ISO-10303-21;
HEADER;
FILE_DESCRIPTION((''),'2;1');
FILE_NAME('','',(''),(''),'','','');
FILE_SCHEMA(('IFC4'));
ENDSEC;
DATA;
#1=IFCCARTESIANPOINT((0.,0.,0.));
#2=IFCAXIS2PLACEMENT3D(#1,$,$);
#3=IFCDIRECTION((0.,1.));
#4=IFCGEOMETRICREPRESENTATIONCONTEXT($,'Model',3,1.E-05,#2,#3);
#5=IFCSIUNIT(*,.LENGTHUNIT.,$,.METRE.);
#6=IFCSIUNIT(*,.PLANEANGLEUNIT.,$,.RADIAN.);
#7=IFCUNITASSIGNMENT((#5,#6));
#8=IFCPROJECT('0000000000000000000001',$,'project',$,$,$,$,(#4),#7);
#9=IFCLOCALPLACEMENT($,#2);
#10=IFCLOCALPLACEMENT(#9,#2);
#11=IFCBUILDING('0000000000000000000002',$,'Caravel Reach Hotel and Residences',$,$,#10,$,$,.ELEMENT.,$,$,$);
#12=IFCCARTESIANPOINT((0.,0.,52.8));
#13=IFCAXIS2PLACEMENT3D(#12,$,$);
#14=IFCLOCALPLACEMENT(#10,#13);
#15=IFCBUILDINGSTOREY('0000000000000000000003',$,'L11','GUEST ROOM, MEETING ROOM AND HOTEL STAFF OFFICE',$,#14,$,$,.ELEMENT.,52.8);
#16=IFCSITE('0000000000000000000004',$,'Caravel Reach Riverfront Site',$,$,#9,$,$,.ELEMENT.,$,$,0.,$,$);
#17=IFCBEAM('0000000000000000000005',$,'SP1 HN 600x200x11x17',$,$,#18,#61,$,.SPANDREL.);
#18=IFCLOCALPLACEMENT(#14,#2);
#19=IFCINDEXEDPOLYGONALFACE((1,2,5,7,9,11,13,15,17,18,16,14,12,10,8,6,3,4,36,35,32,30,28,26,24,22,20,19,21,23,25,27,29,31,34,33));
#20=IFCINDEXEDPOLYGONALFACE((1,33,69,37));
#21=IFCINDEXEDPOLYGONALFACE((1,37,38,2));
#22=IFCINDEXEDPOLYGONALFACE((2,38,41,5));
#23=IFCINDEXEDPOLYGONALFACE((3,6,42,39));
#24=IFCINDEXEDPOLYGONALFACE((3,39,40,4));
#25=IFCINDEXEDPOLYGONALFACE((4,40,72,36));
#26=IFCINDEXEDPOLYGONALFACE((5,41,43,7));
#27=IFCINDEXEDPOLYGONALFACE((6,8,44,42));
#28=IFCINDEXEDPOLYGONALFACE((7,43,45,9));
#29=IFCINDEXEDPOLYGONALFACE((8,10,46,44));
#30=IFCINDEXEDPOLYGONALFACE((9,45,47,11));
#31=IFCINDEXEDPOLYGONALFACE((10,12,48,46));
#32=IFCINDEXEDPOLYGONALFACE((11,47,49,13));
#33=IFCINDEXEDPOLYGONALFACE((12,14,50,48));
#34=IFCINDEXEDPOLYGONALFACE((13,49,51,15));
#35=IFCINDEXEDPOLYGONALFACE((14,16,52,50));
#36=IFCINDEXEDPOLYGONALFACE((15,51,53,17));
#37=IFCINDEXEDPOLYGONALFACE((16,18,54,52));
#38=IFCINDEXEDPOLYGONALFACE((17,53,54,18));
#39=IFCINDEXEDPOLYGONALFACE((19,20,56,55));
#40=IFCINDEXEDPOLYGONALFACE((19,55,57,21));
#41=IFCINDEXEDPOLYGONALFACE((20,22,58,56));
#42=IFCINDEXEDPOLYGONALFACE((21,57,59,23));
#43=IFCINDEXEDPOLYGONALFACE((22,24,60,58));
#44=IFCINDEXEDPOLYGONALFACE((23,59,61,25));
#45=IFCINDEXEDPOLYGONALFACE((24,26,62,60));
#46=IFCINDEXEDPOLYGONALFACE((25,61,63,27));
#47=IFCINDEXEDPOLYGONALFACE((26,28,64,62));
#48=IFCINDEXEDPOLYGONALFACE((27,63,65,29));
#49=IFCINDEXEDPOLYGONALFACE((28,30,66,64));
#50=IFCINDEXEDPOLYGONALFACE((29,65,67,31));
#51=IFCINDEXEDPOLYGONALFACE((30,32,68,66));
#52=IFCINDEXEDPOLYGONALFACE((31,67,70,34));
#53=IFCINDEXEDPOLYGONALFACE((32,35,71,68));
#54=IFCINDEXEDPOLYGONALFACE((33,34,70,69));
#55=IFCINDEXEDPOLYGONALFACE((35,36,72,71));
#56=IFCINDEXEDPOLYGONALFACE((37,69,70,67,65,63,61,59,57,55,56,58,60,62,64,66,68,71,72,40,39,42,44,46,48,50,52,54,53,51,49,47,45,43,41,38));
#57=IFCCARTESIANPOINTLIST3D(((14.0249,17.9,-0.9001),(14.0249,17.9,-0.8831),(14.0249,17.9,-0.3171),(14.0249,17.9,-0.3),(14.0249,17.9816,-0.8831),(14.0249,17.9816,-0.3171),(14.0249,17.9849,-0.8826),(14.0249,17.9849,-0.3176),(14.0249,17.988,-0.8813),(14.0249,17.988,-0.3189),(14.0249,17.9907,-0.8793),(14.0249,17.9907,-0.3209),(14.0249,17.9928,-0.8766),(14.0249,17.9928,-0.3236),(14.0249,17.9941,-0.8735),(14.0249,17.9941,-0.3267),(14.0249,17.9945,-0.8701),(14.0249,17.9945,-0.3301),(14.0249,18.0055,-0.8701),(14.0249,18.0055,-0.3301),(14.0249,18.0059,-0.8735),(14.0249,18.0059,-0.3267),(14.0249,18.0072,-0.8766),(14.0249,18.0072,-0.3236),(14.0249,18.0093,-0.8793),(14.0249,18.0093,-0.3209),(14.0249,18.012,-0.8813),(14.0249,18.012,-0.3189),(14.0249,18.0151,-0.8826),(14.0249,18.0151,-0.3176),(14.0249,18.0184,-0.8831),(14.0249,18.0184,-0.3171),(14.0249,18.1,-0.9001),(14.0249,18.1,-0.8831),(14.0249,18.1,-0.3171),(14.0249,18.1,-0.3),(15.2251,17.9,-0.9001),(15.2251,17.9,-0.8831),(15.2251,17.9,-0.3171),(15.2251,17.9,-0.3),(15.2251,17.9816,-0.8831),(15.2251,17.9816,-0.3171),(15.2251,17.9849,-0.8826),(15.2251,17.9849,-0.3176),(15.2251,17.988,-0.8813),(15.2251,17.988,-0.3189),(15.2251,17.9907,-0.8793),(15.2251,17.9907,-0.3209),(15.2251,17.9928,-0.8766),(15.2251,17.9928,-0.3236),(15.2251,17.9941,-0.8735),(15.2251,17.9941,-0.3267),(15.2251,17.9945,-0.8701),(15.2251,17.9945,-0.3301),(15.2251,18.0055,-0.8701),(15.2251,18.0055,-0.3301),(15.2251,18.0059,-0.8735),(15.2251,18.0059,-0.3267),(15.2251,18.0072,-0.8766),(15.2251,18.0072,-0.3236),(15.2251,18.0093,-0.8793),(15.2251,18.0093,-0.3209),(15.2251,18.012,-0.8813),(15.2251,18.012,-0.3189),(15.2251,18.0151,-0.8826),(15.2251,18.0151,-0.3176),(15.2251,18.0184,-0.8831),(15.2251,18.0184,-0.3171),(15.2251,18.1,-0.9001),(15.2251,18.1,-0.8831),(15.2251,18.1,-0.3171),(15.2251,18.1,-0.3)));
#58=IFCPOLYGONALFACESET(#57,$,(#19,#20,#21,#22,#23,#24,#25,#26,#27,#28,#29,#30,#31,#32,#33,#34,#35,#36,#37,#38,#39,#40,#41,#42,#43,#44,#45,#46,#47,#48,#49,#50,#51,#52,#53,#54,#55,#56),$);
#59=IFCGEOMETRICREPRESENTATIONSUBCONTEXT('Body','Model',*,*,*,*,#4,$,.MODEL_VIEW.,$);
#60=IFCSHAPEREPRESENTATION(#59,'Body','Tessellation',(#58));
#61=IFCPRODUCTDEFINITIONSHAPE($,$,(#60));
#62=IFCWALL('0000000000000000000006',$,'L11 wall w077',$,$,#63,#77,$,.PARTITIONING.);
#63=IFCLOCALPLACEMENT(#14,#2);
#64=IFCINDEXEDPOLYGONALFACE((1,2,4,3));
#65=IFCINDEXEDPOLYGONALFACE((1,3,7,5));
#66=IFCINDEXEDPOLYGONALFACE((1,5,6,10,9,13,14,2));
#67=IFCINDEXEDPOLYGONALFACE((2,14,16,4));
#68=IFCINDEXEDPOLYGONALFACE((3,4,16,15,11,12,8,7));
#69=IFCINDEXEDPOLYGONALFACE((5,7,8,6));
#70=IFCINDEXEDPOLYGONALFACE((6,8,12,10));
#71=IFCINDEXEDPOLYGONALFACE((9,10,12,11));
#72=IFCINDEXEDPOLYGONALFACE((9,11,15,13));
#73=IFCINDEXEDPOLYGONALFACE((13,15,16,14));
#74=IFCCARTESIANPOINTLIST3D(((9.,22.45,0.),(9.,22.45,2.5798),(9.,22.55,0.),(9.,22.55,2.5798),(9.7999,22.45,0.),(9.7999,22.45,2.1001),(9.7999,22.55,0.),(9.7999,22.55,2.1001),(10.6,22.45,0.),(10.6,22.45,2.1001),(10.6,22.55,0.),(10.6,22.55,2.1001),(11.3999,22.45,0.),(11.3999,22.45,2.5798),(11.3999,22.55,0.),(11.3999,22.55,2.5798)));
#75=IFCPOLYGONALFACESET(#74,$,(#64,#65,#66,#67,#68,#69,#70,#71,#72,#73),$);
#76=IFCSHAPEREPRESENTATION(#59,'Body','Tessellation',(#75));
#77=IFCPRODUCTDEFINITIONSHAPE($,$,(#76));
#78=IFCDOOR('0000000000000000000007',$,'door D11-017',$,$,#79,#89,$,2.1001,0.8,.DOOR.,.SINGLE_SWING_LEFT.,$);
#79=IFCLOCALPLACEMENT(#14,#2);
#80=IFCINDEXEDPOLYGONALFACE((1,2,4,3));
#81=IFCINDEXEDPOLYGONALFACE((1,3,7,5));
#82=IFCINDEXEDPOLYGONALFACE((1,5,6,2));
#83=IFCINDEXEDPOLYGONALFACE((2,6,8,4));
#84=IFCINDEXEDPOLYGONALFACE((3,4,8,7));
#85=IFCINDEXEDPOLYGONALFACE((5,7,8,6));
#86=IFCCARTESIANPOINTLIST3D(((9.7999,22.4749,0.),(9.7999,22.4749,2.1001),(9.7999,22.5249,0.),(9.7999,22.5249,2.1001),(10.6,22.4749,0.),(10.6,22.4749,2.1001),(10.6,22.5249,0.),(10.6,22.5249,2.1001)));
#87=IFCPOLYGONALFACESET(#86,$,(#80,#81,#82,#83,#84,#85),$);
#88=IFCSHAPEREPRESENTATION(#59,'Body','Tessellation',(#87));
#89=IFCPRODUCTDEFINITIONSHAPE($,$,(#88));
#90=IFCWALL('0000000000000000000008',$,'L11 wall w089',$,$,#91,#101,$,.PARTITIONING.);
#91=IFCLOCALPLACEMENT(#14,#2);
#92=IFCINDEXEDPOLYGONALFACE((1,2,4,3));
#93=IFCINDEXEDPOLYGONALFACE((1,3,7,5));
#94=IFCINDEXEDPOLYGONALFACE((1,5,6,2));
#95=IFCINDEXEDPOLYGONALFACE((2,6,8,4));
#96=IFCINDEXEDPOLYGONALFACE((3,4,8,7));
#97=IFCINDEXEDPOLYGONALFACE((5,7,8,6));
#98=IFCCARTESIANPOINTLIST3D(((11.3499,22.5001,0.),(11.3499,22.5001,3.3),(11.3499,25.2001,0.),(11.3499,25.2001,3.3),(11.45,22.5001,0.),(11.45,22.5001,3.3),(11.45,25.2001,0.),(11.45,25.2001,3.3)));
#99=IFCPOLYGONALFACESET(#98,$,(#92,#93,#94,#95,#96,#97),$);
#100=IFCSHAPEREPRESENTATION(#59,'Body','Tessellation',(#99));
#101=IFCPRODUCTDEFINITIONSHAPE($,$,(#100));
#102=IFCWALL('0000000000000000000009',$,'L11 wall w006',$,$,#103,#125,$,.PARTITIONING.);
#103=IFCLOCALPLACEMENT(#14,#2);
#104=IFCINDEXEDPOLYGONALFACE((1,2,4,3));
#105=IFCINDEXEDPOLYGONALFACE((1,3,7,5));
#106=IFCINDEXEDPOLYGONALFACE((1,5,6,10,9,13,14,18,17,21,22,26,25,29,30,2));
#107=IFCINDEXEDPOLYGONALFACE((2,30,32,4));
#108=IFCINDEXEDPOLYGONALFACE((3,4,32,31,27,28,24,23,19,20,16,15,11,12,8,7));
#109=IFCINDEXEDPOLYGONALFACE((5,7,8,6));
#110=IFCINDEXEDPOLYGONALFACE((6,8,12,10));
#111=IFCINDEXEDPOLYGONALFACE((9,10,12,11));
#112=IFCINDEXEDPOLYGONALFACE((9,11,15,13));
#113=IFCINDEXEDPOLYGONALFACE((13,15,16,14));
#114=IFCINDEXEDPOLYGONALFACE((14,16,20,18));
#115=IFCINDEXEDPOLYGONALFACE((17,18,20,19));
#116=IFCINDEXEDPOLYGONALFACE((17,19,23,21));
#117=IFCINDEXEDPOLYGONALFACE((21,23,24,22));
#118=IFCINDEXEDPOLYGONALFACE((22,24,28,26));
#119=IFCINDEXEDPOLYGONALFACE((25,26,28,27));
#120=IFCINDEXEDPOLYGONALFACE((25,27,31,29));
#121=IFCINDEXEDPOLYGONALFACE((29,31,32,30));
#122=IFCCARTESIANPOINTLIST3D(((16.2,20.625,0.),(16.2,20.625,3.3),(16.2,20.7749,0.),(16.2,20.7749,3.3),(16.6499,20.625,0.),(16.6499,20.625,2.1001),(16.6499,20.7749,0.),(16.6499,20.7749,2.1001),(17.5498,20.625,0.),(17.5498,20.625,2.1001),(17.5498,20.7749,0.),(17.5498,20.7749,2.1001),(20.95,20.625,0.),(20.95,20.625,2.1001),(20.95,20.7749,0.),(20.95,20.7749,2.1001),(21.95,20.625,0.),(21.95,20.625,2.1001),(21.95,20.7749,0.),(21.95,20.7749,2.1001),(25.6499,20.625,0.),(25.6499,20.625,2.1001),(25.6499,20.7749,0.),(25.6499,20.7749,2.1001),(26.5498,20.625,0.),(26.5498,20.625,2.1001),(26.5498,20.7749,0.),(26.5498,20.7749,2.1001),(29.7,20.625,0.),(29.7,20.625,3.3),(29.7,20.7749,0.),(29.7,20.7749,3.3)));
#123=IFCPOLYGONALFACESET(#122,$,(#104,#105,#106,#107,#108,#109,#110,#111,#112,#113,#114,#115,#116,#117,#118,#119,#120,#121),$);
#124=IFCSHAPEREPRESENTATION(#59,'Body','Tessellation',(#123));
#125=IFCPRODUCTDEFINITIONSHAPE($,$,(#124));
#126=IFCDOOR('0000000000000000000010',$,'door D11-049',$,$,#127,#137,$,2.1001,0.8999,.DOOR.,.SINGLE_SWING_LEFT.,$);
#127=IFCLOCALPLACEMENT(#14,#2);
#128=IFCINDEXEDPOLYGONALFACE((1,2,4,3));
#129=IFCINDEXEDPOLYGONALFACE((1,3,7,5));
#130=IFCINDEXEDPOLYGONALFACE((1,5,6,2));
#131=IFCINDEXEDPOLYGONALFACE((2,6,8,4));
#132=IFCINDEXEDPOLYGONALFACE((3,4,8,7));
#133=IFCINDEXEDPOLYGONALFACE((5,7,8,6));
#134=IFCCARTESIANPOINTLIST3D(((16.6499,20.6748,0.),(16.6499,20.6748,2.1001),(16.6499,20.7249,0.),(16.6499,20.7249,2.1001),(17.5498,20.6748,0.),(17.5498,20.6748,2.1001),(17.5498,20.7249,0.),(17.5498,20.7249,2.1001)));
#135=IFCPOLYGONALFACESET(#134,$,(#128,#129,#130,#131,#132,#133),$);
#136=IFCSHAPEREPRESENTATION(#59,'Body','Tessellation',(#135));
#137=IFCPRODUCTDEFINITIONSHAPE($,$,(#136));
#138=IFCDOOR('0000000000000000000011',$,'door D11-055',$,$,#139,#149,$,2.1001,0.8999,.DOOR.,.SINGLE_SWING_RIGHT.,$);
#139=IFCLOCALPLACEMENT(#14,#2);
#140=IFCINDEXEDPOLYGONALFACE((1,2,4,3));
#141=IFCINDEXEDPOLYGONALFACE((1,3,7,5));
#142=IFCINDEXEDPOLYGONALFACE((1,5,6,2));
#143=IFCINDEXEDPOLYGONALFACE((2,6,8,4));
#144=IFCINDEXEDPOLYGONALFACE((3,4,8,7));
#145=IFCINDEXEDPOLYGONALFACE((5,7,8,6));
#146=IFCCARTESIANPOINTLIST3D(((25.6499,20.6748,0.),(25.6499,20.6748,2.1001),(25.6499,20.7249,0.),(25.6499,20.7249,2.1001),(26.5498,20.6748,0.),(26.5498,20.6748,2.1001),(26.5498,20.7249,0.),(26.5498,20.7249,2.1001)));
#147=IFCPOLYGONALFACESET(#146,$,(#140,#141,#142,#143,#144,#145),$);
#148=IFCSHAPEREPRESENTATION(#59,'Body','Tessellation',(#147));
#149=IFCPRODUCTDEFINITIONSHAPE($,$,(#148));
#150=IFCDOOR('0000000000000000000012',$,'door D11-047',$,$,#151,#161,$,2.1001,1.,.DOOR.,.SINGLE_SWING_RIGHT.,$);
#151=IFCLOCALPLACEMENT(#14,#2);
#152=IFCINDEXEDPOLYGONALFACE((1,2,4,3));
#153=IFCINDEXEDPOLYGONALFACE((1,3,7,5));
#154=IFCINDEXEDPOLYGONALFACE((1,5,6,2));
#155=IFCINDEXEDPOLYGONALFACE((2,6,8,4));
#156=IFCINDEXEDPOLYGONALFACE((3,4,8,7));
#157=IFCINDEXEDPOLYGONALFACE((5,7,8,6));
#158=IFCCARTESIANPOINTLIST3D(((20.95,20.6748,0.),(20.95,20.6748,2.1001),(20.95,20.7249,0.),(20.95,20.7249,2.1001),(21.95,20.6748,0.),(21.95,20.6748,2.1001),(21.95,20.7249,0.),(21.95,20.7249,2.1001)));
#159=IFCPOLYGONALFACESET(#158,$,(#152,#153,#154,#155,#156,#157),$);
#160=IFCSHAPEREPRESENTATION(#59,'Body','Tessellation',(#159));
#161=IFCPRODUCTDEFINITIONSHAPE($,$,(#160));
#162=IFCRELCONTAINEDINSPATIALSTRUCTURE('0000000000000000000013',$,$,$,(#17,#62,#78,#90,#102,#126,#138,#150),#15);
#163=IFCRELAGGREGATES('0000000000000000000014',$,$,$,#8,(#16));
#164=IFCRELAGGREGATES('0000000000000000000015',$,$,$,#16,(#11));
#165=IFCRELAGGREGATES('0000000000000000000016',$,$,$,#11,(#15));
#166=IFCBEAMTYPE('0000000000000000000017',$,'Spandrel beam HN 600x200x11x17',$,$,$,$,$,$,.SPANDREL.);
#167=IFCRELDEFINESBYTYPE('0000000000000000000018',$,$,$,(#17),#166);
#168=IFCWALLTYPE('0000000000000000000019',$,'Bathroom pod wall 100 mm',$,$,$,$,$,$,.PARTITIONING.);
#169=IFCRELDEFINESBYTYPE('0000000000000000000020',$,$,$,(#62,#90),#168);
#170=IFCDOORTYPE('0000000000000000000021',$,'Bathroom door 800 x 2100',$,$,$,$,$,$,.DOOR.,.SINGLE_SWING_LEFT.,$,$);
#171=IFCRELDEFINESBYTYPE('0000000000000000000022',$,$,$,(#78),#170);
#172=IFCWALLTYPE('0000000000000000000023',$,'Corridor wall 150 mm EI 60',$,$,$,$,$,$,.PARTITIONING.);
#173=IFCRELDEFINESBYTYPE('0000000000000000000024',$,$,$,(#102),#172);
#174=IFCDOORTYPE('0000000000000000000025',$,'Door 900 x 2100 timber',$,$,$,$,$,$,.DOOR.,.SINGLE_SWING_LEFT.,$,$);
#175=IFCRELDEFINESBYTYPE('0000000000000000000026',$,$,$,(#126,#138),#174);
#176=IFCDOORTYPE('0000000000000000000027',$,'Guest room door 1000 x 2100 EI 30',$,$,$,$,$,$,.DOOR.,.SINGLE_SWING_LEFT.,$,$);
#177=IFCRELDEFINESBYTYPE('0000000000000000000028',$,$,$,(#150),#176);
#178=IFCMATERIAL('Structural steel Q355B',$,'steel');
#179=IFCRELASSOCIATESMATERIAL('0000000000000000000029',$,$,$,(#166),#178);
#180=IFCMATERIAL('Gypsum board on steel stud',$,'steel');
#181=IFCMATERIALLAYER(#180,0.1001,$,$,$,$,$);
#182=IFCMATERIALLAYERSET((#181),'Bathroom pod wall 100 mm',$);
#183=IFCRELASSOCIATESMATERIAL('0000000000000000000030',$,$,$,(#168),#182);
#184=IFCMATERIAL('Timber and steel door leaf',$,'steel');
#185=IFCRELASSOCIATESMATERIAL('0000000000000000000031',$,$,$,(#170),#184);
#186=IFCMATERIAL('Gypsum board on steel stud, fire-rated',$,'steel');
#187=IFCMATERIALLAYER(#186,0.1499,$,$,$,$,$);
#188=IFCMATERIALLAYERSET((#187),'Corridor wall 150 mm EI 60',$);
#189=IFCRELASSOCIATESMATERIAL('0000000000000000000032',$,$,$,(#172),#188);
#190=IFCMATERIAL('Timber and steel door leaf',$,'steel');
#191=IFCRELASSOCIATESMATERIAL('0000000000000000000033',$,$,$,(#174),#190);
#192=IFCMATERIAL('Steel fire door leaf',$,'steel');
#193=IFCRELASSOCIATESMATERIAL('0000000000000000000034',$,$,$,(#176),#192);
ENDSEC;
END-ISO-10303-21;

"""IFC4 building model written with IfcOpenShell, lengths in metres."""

from ifc_helpers import new_model, si_unit, direction, frame, frame_2d, origin, origin_2d, place, context, subcontext, project, spatial, rectangle, i_section, extrude, material, layer, layer_set, material_profile, profile_set, type_object, element, fill, save


model = new_model("IFC4")

# Units and contexts
model_context = context("Model", 3, precision=1e-05, world=origin(), true_north=direction((0.0, 1.0)))
body_context = subcontext(model_context, "Body", "Model", "MODEL_VIEW")
ifc_project = project(units=[si_unit("LENGTHUNIT", "METRE"), si_unit("PLANEANGLEUNIT", "RADIAN")], contexts=[model_context])

# Site, building, storey
site_placement = place(None, origin())
site = spatial("IfcSite", under=ifc_project, at=site_placement, Name="Caravel Reach Riverfront Site", CompositionType="ELEMENT", RefElevation=0.0)
building_placement = place(site_placement, origin())
building = spatial("IfcBuilding", under=site, at=building_placement, Name="Caravel Reach Hotel and Residences", CompositionType="ELEMENT")
storey_placement = place(building_placement, frame((0.0, 0.0, 52.8)))
storey = spatial("IfcBuildingStorey", under=building, at=storey_placement, Name="L11", Description="GUEST ROOM, MEETING ROOM AND HOTEL STAFF OFFICE", CompositionType="ELEMENT", Elevation=52.8)

# Beam
ifc_material_1 = material(Name="Structural steel Q355B", Category="steel")
ifc_material_profile_1 = material_profile(ifc_material_1, i_section(OverallWidth=0.2, OverallDepth=0.6001, WebThickness=0.011, FlangeThickness=0.0171, FilletRadius=0.0129, at=origin_2d()), Name="HN 600x200x11x17")
ifc_profile_set_1 = profile_set([ifc_material_profile_1], Name="Structural steel Q355B")
beam_type_1 = type_object("IfcBeamType", Name="Spandrel beam HN 600x200x11x17", PredefinedType="SPANDREL", material=ifc_profile_set_1)
for number, where, z_axis, x_axis, name in (
    (1, (14.0249, 18.0, -0.6001), (1.0, 0.0, 0.0), (0.0, 1.0, 0.0), "SP1 HN 600x200x11x17"),
):
    element("IfcBeam", number, at=place(storey_placement, frame(where, z_axis=z_axis, x_axis=x_axis)), inside=storey, type_object=beam_type_1, Name=name, PredefinedType="SPANDREL", context=body_context, shape_type="SweptSolid", body=[
        extrude(i_section(OverallWidth=0.2, OverallDepth=0.6001, WebThickness=0.011, FlangeThickness=0.0171, FilletRadius=0.0129, at=origin_2d()), origin(), (0.0, 0.0, 1.0), 1.2002),
    ])

# Wall, opening, door
ifc_material_2 = material(Name="Gypsum board on steel stud", Category="steel")
ifc_layer_1 = layer(ifc_material_2, 0.1001)
ifc_layer_set_1 = layer_set([ifc_layer_1], Name="Bathroom pod wall 100 mm")
wall_type_1 = type_object("IfcWallType", Name="Bathroom pod wall 100 mm", PredefinedType="PARTITIONING", material=ifc_layer_set_1)
wall_1_placement = place(storey_placement, frame((9.0, 22.5, 0.0), z_axis=(0.0, 0.0, 1.0), x_axis=(1.0, 0.0, 0.0)))
wall_1 = element("IfcWall", 2, at=wall_1_placement, inside=storey, type_object=wall_type_1, Name="L11 wall w077", PredefinedType="PARTITIONING", context=body_context, shape_type="SweptSolid", body=[
    extrude(rectangle(XDim=2.3999, YDim=0.1001, at=frame_2d((1.2, 0.0))), origin(), (0.0, 0.0, 1.0), 2.5798),
])
opening_1_placement = place(wall_1_placement, frame((0.8, 0.0, 0.0)))
opening_1 = element("IfcOpeningElement", 3, at=opening_1_placement, cuts=wall_1, PredefinedType="OPENING", context=body_context, shape_type="SweptSolid", body=[
    extrude(rectangle(XDim=0.8, YDim=2.1001, at=frame_2d((0.3999, 1.05))), frame((0.0, 0.0601, 0.0), z_axis=(0.0, -1.0, 0.0), x_axis=(1.0, 0.0, 0.0)), (0.0, 0.0, 1.0), 0.1201),
])
ifc_material_3 = material(Name="Timber and steel door leaf", Category="steel")
door_type_1 = type_object("IfcDoorType", Name="Bathroom door 800 x 2100", OperationType="SINGLE_SWING_LEFT", PredefinedType="DOOR", material=ifc_material_3)
door_1_placement = place(opening_1_placement, origin())
door_1 = element("IfcDoor", 4, at=door_1_placement, inside=storey, type_object=door_type_1, Name="door D11-017", OperationType="SINGLE_SWING_LEFT", OverallHeight=2.1001, OverallWidth=0.8, PredefinedType="DOOR", context=body_context, shape_type="SweptSolid", body=[
    extrude(rectangle(XDim=0.8, YDim=2.1001, at=frame_2d((0.3999, 1.05))), frame((0.0, 0.0249, 0.0), z_axis=(0.0, -1.0, 0.0), x_axis=(1.0, 0.0, 0.0)), (0.0, 0.0, 1.0), 0.05),
])
fill(opening_1, door_1)

# Wall
wall_2_placement = place(storey_placement, frame((11.3999, 22.5, 0.0), z_axis=(0.0, 0.0, 1.0), x_axis=(0.0, 1.0, 0.0)))
element("IfcWall", 5, at=wall_2_placement, inside=storey, type_object=wall_type_1, Name="L11 wall w089", PredefinedType="PARTITIONING", context=body_context, shape_type="SweptSolid", body=[
    extrude(rectangle(XDim=2.7, YDim=0.1001, at=frame_2d((1.3501, 0.0))), origin(), (0.0, 0.0, 1.0), 3.3),
])

# Wall, openings, doors
ifc_material_4 = material(Name="Gypsum board on steel stud, fire-rated", Category="steel")
ifc_layer_2 = layer(ifc_material_4, 0.1499)
ifc_layer_set_2 = layer_set([ifc_layer_2], Name="Corridor wall 150 mm EI 60")
wall_type_2 = type_object("IfcWallType", Name="Corridor wall 150 mm EI 60", PredefinedType="PARTITIONING", material=ifc_layer_set_2)
wall_3_placement = place(storey_placement, frame((16.2, 20.7, 0.0), z_axis=(0.0, 0.0, 1.0), x_axis=(1.0, 0.0, 0.0)))
wall_3 = element("IfcWall", 6, at=wall_3_placement, inside=storey, type_object=wall_type_2, Name="L11 wall w006", PredefinedType="PARTITIONING", context=body_context, shape_type="SweptSolid", body=[
    extrude(rectangle(XDim=13.5, YDim=0.1499, at=frame_2d((6.75, 0.0))), origin(), (0.0, 0.0, 1.0), 3.3),
])
opening_2_placement = place(wall_3_placement, frame((4.75, 0.0, 0.0)))
opening_2 = element("IfcOpeningElement", 7, at=opening_2_placement, cuts=wall_3, PredefinedType="OPENING", context=body_context, shape_type="SweptSolid", body=[
    extrude(rectangle(XDim=1.0, YDim=2.1001, at=frame_2d((0.5, 1.05))), frame((0.0, 0.085, 0.0), z_axis=(0.0, -1.0, 0.0), x_axis=(1.0, 0.0, 0.0)), (0.0, 0.0, 1.0), 0.1699),
])
opening_3_placement = place(wall_3_placement, frame((0.45, 0.0, 0.0)))
opening_3 = element("IfcOpeningElement", 8, at=opening_3_placement, cuts=wall_3, PredefinedType="OPENING", context=body_context, shape_type="SweptSolid", body=[
    extrude(rectangle(XDim=0.8999, YDim=2.1001, at=frame_2d((0.45, 1.05))), frame((0.0, 0.085, 0.0), z_axis=(0.0, -1.0, 0.0), x_axis=(1.0, 0.0, 0.0)), (0.0, 0.0, 1.0), 0.1699),
])
opening_4_placement = place(wall_3_placement, frame((9.45, 0.0, 0.0)))
opening_4 = element("IfcOpeningElement", 9, at=opening_4_placement, cuts=wall_3, PredefinedType="OPENING", context=body_context, shape_type="SweptSolid", body=[
    extrude(rectangle(XDim=0.8999, YDim=2.1001, at=frame_2d((0.45, 1.05))), frame((0.0, 0.085, 0.0), z_axis=(0.0, -1.0, 0.0), x_axis=(1.0, 0.0, 0.0)), (0.0, 0.0, 1.0), 0.1699),
])
ifc_material_5 = material(Name="Timber and steel door leaf", Category="steel")
door_type_2 = type_object("IfcDoorType", Name="Door 900 x 2100 timber", OperationType="SINGLE_SWING_LEFT", PredefinedType="DOOR", material=ifc_material_5)
door_2_placement = place(opening_3_placement, origin())
door_2 = element("IfcDoor", 10, at=door_2_placement, inside=storey, type_object=door_type_2, Name="door D11-049", OperationType="SINGLE_SWING_LEFT", OverallHeight=2.1001, OverallWidth=0.8999, PredefinedType="DOOR", context=body_context, shape_type="SweptSolid", body=[
    extrude(rectangle(XDim=0.8999, YDim=2.1001, at=frame_2d((0.45, 1.05))), frame((0.0, 0.0249, 0.0), z_axis=(0.0, -1.0, 0.0), x_axis=(1.0, 0.0, 0.0)), (0.0, 0.0, 1.0), 0.05),
])
fill(opening_3, door_2)
door_3_placement = place(opening_4_placement, origin())
door_3 = element("IfcDoor", 11, at=door_3_placement, inside=storey, type_object=door_type_2, Name="door D11-055", OperationType="SINGLE_SWING_RIGHT", OverallHeight=2.1001, OverallWidth=0.8999, PredefinedType="DOOR", context=body_context, shape_type="SweptSolid", body=[
    extrude(rectangle(XDim=0.8999, YDim=2.1001, at=frame_2d((0.45, 1.05))), frame((0.0, 0.0249, 0.0), z_axis=(0.0, -1.0, 0.0), x_axis=(1.0, 0.0, 0.0)), (0.0, 0.0, 1.0), 0.05),
])
fill(opening_4, door_3)
ifc_material_6 = material(Name="Steel fire door leaf", Category="steel")
door_type_3 = type_object("IfcDoorType", Name="Guest room door 1000 x 2100 EI 30", OperationType="SINGLE_SWING_LEFT", PredefinedType="DOOR", material=ifc_material_6)
door_4_placement = place(opening_2_placement, origin())
door_4 = element("IfcDoor", 12, at=door_4_placement, inside=storey, type_object=door_type_3, Name="door D11-047", OperationType="SINGLE_SWING_RIGHT", OverallHeight=2.1001, OverallWidth=1.0, PredefinedType="DOOR", context=body_context, shape_type="SweptSolid", body=[
    extrude(rectangle(XDim=1.0, YDim=2.1001, at=frame_2d((0.5, 1.05))), frame((0.0, 0.0249, 0.0), z_axis=(0.0, -1.0, 0.0), x_axis=(1.0, 0.0, 0.0)), (0.0, 0.0, 1.0), 0.05),
])
fill(opening_2, door_4)

save(model, "model.ifc")
